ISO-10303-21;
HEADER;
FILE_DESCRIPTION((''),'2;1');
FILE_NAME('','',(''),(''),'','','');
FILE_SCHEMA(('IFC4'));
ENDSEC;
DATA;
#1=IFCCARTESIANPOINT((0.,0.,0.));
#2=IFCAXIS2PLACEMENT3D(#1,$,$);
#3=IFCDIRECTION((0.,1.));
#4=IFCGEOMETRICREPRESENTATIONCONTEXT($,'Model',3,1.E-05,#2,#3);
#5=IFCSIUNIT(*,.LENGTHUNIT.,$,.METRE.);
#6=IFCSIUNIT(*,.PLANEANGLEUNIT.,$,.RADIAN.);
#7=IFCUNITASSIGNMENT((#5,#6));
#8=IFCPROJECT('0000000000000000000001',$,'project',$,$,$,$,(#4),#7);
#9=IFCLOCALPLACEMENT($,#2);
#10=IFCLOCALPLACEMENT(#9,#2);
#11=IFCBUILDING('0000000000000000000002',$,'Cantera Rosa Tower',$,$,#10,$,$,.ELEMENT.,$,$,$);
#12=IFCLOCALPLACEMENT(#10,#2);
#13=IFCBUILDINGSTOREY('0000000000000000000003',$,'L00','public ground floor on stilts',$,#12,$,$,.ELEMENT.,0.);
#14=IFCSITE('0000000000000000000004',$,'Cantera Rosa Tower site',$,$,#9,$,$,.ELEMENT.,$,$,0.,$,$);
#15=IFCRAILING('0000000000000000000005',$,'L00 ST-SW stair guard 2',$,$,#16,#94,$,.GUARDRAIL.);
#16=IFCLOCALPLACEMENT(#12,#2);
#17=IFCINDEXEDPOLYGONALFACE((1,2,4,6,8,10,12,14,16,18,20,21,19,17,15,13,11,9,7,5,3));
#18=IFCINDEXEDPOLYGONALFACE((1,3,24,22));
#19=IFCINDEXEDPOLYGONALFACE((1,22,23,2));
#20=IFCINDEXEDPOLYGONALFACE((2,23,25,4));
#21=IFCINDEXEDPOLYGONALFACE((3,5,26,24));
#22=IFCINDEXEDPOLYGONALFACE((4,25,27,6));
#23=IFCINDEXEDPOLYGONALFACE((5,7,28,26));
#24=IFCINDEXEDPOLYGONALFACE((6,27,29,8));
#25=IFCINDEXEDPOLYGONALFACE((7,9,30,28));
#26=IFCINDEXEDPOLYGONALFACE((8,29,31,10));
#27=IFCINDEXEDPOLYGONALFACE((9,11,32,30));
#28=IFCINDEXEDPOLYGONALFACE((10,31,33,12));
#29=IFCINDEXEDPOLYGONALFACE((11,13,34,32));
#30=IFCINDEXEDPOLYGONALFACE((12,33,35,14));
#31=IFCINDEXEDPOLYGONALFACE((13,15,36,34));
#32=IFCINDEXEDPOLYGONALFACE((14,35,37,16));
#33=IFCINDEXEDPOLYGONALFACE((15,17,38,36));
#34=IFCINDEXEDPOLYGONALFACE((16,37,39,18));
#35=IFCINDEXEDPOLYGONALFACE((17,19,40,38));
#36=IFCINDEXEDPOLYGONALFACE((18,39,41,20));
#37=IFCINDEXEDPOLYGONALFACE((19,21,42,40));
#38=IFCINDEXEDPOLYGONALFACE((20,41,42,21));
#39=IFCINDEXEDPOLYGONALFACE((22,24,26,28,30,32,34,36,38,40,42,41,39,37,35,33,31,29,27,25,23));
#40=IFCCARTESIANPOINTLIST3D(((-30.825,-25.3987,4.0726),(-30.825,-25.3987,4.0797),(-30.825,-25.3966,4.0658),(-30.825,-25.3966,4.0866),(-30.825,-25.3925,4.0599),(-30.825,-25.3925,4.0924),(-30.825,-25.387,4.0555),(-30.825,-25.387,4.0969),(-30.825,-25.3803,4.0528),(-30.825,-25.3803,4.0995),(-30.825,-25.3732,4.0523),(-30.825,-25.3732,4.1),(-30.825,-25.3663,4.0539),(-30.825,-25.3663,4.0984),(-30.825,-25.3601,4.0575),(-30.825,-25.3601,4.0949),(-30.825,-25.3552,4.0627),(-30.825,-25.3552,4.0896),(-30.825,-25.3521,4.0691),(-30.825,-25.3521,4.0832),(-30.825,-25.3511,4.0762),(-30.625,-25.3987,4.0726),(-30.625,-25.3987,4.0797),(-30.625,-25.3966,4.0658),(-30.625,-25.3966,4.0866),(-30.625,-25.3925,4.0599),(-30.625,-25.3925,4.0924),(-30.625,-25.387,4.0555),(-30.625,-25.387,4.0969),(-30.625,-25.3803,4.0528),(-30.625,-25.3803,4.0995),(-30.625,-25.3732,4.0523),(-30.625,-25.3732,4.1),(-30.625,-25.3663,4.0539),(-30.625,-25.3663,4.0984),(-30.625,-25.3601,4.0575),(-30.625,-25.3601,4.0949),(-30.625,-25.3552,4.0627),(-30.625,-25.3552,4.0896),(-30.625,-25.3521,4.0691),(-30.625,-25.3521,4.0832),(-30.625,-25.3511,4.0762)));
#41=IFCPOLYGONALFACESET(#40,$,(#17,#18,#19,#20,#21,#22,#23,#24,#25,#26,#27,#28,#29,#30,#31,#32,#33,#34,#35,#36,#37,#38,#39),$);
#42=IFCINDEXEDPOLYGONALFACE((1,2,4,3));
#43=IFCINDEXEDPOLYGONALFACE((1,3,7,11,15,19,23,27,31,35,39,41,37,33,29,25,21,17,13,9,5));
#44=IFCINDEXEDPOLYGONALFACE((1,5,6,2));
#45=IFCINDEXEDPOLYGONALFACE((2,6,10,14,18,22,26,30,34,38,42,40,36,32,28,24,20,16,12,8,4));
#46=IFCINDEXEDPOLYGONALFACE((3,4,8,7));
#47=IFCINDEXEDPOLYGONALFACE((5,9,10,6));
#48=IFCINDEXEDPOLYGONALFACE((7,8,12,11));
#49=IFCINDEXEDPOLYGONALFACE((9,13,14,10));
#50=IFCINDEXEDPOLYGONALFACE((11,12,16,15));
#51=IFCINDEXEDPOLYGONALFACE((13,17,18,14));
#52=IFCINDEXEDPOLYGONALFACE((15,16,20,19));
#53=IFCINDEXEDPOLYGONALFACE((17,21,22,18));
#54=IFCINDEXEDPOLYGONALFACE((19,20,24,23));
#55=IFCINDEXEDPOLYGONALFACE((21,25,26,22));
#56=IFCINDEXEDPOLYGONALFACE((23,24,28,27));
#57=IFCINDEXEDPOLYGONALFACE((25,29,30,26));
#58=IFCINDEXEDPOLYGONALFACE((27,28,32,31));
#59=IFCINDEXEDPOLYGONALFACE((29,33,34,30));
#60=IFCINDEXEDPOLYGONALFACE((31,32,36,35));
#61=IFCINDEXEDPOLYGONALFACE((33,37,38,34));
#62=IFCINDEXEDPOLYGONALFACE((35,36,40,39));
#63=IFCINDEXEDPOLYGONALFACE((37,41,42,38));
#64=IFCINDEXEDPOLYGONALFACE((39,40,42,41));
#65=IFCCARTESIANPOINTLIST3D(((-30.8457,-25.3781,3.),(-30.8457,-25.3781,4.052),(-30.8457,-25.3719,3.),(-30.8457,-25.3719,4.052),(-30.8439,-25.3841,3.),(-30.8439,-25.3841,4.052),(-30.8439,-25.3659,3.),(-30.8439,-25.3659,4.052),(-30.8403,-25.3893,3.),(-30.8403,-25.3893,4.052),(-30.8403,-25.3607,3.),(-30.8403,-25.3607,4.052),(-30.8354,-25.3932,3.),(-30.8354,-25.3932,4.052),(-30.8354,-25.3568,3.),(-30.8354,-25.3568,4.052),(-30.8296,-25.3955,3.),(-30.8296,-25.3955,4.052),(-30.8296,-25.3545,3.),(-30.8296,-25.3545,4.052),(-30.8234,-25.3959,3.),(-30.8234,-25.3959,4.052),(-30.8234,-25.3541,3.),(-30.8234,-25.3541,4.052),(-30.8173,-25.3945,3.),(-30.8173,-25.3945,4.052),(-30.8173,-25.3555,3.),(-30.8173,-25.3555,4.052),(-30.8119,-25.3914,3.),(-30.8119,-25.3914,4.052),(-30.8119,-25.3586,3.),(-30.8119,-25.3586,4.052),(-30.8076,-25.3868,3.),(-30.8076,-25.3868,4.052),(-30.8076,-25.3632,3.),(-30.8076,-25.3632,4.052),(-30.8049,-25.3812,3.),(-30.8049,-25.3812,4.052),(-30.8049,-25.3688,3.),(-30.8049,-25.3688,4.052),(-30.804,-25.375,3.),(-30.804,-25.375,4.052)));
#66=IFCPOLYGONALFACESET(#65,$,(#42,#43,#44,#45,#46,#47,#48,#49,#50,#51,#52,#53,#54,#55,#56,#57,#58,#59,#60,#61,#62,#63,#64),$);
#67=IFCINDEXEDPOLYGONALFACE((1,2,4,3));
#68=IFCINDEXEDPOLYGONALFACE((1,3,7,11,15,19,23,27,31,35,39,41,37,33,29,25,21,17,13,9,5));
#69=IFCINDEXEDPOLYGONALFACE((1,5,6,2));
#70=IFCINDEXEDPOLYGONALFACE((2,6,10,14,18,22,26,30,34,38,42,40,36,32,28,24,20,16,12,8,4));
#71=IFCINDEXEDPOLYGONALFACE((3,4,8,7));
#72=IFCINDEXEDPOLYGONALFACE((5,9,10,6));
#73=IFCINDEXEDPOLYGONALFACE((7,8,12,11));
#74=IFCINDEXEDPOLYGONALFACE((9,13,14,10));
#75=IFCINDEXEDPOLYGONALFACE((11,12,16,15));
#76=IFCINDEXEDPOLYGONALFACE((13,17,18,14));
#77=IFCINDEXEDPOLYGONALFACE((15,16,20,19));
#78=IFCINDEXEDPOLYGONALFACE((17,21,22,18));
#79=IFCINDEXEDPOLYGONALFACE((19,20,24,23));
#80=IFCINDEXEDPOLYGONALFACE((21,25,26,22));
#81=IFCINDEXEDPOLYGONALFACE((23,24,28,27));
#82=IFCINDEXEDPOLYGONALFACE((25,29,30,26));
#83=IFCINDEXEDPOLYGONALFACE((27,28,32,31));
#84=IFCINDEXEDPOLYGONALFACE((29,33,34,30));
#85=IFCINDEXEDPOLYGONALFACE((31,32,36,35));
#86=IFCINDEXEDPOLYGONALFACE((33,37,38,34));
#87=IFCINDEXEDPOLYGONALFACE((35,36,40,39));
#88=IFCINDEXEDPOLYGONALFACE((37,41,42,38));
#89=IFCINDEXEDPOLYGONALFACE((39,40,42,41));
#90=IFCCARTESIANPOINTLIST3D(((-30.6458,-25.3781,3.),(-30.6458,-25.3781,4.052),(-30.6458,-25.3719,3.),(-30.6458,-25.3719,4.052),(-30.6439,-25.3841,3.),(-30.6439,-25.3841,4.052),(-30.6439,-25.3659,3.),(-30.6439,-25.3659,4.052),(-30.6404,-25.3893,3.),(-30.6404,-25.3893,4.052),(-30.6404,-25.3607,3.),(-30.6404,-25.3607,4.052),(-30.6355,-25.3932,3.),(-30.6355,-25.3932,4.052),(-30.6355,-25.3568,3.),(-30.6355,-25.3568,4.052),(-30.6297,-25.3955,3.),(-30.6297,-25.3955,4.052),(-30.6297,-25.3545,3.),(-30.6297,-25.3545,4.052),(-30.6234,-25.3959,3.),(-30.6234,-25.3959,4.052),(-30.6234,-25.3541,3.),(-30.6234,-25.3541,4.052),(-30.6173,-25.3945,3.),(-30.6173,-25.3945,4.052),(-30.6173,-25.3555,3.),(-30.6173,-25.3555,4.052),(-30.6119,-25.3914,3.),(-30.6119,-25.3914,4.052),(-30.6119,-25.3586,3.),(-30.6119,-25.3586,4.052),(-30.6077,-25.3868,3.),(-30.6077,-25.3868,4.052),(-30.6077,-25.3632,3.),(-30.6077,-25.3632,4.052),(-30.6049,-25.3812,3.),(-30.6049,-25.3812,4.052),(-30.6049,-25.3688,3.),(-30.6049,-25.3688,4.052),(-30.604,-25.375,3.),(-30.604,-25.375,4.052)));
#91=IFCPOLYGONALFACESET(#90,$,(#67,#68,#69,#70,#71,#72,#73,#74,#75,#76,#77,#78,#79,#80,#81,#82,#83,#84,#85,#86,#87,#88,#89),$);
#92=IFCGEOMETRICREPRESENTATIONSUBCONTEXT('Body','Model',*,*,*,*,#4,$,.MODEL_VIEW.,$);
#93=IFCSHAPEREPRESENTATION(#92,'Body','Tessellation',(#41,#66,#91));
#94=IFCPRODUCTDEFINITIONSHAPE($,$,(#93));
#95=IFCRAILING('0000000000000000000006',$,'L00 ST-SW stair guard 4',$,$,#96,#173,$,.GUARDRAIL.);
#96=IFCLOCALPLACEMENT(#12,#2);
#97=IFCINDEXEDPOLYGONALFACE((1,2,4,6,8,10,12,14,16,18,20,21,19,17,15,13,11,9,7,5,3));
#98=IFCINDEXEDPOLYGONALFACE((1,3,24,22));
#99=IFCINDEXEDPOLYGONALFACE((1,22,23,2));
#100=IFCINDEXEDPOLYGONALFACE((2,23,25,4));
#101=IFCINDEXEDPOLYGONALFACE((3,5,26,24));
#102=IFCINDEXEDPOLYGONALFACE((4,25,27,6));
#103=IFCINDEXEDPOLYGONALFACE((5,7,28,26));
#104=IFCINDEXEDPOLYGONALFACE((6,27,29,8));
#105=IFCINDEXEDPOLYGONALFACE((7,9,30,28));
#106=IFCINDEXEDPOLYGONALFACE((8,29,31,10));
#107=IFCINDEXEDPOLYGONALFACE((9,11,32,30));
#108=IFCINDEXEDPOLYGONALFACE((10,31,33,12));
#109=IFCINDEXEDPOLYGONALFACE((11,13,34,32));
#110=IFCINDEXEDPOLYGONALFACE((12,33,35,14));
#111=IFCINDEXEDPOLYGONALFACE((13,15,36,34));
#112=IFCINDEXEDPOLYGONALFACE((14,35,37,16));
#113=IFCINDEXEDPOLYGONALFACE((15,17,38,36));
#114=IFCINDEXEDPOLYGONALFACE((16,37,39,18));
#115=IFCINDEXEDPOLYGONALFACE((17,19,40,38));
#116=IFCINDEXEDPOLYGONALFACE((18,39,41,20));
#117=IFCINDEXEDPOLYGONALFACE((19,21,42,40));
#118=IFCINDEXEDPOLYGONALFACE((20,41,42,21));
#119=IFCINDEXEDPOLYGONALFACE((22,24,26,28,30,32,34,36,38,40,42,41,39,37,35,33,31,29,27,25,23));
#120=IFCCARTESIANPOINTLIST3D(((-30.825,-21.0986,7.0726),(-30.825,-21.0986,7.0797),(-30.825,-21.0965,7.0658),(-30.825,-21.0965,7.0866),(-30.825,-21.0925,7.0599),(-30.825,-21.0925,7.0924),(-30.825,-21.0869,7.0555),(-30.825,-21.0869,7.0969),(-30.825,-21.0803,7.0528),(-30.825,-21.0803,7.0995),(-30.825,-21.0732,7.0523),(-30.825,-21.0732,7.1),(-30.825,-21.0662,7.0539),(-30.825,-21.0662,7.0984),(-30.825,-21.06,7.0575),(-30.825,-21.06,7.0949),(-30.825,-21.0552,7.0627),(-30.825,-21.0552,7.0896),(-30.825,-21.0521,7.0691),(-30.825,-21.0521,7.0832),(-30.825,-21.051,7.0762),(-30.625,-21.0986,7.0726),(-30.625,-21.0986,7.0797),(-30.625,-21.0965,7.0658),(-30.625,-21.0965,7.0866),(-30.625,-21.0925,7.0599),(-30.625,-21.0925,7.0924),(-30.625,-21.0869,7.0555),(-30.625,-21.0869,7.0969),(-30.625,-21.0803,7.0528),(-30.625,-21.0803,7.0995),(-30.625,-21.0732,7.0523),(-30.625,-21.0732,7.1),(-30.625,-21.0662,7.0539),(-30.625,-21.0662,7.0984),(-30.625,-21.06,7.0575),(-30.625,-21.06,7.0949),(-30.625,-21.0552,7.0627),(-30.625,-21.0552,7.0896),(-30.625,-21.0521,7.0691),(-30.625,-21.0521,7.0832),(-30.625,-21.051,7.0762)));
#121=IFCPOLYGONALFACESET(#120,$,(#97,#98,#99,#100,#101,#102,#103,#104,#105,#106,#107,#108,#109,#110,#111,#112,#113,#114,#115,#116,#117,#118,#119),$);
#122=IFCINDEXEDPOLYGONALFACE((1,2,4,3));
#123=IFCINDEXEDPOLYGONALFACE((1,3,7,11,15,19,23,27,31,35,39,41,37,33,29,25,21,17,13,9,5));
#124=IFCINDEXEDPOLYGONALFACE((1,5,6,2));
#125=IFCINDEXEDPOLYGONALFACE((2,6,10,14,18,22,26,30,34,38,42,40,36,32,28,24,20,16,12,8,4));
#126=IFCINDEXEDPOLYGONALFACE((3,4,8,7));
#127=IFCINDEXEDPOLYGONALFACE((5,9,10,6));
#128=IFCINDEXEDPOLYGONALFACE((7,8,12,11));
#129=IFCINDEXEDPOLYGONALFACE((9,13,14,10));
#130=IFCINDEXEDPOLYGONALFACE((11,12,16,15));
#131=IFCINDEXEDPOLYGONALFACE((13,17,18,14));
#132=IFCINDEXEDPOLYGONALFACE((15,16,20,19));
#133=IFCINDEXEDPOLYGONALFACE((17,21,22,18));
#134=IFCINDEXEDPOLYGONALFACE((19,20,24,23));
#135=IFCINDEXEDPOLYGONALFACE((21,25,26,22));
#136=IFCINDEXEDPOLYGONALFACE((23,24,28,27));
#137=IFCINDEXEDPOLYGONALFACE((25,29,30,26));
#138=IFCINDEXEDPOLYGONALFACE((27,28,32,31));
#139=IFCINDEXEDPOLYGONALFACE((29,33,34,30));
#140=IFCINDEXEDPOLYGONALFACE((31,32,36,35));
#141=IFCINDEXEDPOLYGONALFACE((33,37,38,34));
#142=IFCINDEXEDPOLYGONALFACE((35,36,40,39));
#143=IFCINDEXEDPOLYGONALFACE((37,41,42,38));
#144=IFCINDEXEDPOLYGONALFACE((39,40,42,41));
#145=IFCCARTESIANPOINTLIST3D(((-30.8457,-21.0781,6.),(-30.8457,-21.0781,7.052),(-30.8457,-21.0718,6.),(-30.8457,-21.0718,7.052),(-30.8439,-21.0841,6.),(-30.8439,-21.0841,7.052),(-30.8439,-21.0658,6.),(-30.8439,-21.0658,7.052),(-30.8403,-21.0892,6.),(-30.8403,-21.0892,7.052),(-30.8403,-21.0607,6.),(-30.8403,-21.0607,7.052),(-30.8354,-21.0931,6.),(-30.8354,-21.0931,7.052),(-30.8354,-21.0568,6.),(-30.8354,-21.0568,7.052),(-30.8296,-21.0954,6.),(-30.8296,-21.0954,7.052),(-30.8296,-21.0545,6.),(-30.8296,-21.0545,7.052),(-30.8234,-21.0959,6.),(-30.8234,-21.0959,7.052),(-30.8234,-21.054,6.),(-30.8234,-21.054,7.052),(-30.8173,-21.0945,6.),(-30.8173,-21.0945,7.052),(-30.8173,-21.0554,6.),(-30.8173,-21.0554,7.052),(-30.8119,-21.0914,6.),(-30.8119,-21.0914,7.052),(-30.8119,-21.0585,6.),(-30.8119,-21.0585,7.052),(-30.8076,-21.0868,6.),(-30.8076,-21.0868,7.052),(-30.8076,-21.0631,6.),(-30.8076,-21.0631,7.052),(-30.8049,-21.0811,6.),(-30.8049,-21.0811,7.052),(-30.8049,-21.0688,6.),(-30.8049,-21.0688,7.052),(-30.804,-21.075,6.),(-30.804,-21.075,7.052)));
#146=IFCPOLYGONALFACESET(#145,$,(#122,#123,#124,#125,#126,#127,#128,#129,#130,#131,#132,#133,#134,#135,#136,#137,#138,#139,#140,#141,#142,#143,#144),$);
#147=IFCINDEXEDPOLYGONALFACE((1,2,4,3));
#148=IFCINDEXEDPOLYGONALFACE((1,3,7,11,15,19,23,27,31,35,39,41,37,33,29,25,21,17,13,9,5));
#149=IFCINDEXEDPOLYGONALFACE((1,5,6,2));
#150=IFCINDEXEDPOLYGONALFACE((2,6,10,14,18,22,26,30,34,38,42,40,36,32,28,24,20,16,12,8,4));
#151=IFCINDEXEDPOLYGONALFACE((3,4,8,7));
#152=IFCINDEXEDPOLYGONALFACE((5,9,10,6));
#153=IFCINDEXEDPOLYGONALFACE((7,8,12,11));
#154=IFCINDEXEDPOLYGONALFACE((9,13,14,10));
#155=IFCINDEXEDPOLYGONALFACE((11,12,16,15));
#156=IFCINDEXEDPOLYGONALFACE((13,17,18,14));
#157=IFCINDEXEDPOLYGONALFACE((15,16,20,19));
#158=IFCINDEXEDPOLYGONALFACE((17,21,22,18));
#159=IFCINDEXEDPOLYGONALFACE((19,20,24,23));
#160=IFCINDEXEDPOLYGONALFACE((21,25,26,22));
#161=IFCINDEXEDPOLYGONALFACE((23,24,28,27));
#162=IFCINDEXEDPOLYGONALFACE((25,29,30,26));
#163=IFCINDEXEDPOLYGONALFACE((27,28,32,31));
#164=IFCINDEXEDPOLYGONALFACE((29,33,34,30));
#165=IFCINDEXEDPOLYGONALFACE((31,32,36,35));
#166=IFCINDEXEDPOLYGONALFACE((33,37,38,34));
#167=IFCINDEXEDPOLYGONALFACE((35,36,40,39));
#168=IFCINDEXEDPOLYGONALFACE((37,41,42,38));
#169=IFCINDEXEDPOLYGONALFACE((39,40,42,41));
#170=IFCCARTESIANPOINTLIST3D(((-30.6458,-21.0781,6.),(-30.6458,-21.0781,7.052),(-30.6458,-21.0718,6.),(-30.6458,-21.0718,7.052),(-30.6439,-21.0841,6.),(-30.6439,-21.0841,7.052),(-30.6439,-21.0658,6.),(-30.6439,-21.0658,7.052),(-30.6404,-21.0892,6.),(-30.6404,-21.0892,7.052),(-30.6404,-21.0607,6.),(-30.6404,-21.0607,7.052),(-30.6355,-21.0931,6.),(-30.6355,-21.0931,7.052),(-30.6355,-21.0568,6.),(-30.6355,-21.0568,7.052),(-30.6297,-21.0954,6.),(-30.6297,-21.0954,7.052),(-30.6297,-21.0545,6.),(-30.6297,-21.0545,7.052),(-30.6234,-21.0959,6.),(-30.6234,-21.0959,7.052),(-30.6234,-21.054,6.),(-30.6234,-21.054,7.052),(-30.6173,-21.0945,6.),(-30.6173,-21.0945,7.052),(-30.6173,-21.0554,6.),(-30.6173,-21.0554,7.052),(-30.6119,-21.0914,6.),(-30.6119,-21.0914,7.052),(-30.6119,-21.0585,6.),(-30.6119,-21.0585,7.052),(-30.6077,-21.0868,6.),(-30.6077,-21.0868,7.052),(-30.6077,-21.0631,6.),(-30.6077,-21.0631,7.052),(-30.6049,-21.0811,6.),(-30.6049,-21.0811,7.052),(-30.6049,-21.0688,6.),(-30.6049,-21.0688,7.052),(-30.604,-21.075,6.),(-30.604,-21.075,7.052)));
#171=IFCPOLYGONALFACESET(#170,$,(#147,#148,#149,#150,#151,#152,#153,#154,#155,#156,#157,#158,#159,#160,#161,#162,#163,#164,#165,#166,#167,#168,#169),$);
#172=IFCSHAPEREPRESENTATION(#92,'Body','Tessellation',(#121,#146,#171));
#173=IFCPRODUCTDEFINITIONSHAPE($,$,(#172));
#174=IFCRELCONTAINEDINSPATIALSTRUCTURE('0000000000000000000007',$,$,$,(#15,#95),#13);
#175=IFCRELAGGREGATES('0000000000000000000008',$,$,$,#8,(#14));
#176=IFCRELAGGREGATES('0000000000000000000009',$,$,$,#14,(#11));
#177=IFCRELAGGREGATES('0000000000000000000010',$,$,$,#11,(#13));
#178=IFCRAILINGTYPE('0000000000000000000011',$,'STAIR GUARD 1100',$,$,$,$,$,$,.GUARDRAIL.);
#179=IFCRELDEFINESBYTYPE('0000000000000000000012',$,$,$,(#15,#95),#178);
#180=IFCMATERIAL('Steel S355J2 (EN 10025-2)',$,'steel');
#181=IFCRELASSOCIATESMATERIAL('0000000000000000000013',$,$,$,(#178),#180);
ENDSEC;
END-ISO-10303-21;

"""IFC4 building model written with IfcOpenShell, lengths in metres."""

from ifc_helpers import new_model, si_unit, direction, frame, origin, origin_2d, place, context, subcontext, project, spatial, circle, extrude, material, type_object, element, save


model = new_model("IFC4")

# Units and contexts
model_context = context("Model", 3, precision=1e-05, world=origin(), true_north=direction((0.0, 1.0)))
body_context = subcontext(model_context, "Body", "Model", "MODEL_VIEW")
ifc_project = project(units=[si_unit("LENGTHUNIT", "METRE"), si_unit("PLANEANGLEUNIT", "RADIAN")], contexts=[model_context])

# Site, building, storey
site_placement = place(None, origin())
site = spatial("IfcSite", under=ifc_project, at=site_placement, Name="Cantera Rosa Tower site", CompositionType="ELEMENT", RefElevation=0.0)
building_placement = place(site_placement, origin())
building = spatial("IfcBuilding", under=site, at=building_placement, Name="Cantera Rosa Tower", CompositionType="ELEMENT")
storey_placement = place(building_placement, origin())
storey = spatial("IfcBuildingStorey", under=building, at=storey_placement, Name="L00", Description="public ground floor on stilts", CompositionType="ELEMENT", Elevation=0.0)

# Railings
ifc_material_1 = material(Name="Steel S355J2 (EN 10025-2)", Category="steel")
railing_type_1 = type_object("IfcRailingType", Name="STAIR GUARD 1100", PredefinedType="GUARDRAIL", material=ifc_material_1)
for number, where, name in (
    (1, (-30.825, -25.375, 3.0), "L00 ST-SW stair guard 2"),
    (2, (-30.825, -21.075, 6.0), "L00 ST-SW stair guard 4"),
):
    element("IfcRailing", number, at=place(storey_placement, frame(where)), inside=storey, type_object=railing_type_1, Name=name, PredefinedType="GUARDRAIL", context=body_context, shape_type="SweptSolid", body=[
        extrude(circle(Radius=0.0239, at=origin_2d()), frame((0.0, 0.0, 1.0762), z_axis=(1.0, 0.0, 0.0), x_axis=(0.0, 1.0, 0.0)), (0.0, 0.0, 1.0), 0.2),
        extrude(circle(Radius=0.021, at=origin_2d()), origin(), (0.0, 0.0, 1.0), 1.052),
        extrude(circle(Radius=0.021, at=origin_2d()), frame((0.2, 0.0, 0.0)), (0.0, 0.0, 1.0), 1.052),
    ])

save(model, "model.ifc")
